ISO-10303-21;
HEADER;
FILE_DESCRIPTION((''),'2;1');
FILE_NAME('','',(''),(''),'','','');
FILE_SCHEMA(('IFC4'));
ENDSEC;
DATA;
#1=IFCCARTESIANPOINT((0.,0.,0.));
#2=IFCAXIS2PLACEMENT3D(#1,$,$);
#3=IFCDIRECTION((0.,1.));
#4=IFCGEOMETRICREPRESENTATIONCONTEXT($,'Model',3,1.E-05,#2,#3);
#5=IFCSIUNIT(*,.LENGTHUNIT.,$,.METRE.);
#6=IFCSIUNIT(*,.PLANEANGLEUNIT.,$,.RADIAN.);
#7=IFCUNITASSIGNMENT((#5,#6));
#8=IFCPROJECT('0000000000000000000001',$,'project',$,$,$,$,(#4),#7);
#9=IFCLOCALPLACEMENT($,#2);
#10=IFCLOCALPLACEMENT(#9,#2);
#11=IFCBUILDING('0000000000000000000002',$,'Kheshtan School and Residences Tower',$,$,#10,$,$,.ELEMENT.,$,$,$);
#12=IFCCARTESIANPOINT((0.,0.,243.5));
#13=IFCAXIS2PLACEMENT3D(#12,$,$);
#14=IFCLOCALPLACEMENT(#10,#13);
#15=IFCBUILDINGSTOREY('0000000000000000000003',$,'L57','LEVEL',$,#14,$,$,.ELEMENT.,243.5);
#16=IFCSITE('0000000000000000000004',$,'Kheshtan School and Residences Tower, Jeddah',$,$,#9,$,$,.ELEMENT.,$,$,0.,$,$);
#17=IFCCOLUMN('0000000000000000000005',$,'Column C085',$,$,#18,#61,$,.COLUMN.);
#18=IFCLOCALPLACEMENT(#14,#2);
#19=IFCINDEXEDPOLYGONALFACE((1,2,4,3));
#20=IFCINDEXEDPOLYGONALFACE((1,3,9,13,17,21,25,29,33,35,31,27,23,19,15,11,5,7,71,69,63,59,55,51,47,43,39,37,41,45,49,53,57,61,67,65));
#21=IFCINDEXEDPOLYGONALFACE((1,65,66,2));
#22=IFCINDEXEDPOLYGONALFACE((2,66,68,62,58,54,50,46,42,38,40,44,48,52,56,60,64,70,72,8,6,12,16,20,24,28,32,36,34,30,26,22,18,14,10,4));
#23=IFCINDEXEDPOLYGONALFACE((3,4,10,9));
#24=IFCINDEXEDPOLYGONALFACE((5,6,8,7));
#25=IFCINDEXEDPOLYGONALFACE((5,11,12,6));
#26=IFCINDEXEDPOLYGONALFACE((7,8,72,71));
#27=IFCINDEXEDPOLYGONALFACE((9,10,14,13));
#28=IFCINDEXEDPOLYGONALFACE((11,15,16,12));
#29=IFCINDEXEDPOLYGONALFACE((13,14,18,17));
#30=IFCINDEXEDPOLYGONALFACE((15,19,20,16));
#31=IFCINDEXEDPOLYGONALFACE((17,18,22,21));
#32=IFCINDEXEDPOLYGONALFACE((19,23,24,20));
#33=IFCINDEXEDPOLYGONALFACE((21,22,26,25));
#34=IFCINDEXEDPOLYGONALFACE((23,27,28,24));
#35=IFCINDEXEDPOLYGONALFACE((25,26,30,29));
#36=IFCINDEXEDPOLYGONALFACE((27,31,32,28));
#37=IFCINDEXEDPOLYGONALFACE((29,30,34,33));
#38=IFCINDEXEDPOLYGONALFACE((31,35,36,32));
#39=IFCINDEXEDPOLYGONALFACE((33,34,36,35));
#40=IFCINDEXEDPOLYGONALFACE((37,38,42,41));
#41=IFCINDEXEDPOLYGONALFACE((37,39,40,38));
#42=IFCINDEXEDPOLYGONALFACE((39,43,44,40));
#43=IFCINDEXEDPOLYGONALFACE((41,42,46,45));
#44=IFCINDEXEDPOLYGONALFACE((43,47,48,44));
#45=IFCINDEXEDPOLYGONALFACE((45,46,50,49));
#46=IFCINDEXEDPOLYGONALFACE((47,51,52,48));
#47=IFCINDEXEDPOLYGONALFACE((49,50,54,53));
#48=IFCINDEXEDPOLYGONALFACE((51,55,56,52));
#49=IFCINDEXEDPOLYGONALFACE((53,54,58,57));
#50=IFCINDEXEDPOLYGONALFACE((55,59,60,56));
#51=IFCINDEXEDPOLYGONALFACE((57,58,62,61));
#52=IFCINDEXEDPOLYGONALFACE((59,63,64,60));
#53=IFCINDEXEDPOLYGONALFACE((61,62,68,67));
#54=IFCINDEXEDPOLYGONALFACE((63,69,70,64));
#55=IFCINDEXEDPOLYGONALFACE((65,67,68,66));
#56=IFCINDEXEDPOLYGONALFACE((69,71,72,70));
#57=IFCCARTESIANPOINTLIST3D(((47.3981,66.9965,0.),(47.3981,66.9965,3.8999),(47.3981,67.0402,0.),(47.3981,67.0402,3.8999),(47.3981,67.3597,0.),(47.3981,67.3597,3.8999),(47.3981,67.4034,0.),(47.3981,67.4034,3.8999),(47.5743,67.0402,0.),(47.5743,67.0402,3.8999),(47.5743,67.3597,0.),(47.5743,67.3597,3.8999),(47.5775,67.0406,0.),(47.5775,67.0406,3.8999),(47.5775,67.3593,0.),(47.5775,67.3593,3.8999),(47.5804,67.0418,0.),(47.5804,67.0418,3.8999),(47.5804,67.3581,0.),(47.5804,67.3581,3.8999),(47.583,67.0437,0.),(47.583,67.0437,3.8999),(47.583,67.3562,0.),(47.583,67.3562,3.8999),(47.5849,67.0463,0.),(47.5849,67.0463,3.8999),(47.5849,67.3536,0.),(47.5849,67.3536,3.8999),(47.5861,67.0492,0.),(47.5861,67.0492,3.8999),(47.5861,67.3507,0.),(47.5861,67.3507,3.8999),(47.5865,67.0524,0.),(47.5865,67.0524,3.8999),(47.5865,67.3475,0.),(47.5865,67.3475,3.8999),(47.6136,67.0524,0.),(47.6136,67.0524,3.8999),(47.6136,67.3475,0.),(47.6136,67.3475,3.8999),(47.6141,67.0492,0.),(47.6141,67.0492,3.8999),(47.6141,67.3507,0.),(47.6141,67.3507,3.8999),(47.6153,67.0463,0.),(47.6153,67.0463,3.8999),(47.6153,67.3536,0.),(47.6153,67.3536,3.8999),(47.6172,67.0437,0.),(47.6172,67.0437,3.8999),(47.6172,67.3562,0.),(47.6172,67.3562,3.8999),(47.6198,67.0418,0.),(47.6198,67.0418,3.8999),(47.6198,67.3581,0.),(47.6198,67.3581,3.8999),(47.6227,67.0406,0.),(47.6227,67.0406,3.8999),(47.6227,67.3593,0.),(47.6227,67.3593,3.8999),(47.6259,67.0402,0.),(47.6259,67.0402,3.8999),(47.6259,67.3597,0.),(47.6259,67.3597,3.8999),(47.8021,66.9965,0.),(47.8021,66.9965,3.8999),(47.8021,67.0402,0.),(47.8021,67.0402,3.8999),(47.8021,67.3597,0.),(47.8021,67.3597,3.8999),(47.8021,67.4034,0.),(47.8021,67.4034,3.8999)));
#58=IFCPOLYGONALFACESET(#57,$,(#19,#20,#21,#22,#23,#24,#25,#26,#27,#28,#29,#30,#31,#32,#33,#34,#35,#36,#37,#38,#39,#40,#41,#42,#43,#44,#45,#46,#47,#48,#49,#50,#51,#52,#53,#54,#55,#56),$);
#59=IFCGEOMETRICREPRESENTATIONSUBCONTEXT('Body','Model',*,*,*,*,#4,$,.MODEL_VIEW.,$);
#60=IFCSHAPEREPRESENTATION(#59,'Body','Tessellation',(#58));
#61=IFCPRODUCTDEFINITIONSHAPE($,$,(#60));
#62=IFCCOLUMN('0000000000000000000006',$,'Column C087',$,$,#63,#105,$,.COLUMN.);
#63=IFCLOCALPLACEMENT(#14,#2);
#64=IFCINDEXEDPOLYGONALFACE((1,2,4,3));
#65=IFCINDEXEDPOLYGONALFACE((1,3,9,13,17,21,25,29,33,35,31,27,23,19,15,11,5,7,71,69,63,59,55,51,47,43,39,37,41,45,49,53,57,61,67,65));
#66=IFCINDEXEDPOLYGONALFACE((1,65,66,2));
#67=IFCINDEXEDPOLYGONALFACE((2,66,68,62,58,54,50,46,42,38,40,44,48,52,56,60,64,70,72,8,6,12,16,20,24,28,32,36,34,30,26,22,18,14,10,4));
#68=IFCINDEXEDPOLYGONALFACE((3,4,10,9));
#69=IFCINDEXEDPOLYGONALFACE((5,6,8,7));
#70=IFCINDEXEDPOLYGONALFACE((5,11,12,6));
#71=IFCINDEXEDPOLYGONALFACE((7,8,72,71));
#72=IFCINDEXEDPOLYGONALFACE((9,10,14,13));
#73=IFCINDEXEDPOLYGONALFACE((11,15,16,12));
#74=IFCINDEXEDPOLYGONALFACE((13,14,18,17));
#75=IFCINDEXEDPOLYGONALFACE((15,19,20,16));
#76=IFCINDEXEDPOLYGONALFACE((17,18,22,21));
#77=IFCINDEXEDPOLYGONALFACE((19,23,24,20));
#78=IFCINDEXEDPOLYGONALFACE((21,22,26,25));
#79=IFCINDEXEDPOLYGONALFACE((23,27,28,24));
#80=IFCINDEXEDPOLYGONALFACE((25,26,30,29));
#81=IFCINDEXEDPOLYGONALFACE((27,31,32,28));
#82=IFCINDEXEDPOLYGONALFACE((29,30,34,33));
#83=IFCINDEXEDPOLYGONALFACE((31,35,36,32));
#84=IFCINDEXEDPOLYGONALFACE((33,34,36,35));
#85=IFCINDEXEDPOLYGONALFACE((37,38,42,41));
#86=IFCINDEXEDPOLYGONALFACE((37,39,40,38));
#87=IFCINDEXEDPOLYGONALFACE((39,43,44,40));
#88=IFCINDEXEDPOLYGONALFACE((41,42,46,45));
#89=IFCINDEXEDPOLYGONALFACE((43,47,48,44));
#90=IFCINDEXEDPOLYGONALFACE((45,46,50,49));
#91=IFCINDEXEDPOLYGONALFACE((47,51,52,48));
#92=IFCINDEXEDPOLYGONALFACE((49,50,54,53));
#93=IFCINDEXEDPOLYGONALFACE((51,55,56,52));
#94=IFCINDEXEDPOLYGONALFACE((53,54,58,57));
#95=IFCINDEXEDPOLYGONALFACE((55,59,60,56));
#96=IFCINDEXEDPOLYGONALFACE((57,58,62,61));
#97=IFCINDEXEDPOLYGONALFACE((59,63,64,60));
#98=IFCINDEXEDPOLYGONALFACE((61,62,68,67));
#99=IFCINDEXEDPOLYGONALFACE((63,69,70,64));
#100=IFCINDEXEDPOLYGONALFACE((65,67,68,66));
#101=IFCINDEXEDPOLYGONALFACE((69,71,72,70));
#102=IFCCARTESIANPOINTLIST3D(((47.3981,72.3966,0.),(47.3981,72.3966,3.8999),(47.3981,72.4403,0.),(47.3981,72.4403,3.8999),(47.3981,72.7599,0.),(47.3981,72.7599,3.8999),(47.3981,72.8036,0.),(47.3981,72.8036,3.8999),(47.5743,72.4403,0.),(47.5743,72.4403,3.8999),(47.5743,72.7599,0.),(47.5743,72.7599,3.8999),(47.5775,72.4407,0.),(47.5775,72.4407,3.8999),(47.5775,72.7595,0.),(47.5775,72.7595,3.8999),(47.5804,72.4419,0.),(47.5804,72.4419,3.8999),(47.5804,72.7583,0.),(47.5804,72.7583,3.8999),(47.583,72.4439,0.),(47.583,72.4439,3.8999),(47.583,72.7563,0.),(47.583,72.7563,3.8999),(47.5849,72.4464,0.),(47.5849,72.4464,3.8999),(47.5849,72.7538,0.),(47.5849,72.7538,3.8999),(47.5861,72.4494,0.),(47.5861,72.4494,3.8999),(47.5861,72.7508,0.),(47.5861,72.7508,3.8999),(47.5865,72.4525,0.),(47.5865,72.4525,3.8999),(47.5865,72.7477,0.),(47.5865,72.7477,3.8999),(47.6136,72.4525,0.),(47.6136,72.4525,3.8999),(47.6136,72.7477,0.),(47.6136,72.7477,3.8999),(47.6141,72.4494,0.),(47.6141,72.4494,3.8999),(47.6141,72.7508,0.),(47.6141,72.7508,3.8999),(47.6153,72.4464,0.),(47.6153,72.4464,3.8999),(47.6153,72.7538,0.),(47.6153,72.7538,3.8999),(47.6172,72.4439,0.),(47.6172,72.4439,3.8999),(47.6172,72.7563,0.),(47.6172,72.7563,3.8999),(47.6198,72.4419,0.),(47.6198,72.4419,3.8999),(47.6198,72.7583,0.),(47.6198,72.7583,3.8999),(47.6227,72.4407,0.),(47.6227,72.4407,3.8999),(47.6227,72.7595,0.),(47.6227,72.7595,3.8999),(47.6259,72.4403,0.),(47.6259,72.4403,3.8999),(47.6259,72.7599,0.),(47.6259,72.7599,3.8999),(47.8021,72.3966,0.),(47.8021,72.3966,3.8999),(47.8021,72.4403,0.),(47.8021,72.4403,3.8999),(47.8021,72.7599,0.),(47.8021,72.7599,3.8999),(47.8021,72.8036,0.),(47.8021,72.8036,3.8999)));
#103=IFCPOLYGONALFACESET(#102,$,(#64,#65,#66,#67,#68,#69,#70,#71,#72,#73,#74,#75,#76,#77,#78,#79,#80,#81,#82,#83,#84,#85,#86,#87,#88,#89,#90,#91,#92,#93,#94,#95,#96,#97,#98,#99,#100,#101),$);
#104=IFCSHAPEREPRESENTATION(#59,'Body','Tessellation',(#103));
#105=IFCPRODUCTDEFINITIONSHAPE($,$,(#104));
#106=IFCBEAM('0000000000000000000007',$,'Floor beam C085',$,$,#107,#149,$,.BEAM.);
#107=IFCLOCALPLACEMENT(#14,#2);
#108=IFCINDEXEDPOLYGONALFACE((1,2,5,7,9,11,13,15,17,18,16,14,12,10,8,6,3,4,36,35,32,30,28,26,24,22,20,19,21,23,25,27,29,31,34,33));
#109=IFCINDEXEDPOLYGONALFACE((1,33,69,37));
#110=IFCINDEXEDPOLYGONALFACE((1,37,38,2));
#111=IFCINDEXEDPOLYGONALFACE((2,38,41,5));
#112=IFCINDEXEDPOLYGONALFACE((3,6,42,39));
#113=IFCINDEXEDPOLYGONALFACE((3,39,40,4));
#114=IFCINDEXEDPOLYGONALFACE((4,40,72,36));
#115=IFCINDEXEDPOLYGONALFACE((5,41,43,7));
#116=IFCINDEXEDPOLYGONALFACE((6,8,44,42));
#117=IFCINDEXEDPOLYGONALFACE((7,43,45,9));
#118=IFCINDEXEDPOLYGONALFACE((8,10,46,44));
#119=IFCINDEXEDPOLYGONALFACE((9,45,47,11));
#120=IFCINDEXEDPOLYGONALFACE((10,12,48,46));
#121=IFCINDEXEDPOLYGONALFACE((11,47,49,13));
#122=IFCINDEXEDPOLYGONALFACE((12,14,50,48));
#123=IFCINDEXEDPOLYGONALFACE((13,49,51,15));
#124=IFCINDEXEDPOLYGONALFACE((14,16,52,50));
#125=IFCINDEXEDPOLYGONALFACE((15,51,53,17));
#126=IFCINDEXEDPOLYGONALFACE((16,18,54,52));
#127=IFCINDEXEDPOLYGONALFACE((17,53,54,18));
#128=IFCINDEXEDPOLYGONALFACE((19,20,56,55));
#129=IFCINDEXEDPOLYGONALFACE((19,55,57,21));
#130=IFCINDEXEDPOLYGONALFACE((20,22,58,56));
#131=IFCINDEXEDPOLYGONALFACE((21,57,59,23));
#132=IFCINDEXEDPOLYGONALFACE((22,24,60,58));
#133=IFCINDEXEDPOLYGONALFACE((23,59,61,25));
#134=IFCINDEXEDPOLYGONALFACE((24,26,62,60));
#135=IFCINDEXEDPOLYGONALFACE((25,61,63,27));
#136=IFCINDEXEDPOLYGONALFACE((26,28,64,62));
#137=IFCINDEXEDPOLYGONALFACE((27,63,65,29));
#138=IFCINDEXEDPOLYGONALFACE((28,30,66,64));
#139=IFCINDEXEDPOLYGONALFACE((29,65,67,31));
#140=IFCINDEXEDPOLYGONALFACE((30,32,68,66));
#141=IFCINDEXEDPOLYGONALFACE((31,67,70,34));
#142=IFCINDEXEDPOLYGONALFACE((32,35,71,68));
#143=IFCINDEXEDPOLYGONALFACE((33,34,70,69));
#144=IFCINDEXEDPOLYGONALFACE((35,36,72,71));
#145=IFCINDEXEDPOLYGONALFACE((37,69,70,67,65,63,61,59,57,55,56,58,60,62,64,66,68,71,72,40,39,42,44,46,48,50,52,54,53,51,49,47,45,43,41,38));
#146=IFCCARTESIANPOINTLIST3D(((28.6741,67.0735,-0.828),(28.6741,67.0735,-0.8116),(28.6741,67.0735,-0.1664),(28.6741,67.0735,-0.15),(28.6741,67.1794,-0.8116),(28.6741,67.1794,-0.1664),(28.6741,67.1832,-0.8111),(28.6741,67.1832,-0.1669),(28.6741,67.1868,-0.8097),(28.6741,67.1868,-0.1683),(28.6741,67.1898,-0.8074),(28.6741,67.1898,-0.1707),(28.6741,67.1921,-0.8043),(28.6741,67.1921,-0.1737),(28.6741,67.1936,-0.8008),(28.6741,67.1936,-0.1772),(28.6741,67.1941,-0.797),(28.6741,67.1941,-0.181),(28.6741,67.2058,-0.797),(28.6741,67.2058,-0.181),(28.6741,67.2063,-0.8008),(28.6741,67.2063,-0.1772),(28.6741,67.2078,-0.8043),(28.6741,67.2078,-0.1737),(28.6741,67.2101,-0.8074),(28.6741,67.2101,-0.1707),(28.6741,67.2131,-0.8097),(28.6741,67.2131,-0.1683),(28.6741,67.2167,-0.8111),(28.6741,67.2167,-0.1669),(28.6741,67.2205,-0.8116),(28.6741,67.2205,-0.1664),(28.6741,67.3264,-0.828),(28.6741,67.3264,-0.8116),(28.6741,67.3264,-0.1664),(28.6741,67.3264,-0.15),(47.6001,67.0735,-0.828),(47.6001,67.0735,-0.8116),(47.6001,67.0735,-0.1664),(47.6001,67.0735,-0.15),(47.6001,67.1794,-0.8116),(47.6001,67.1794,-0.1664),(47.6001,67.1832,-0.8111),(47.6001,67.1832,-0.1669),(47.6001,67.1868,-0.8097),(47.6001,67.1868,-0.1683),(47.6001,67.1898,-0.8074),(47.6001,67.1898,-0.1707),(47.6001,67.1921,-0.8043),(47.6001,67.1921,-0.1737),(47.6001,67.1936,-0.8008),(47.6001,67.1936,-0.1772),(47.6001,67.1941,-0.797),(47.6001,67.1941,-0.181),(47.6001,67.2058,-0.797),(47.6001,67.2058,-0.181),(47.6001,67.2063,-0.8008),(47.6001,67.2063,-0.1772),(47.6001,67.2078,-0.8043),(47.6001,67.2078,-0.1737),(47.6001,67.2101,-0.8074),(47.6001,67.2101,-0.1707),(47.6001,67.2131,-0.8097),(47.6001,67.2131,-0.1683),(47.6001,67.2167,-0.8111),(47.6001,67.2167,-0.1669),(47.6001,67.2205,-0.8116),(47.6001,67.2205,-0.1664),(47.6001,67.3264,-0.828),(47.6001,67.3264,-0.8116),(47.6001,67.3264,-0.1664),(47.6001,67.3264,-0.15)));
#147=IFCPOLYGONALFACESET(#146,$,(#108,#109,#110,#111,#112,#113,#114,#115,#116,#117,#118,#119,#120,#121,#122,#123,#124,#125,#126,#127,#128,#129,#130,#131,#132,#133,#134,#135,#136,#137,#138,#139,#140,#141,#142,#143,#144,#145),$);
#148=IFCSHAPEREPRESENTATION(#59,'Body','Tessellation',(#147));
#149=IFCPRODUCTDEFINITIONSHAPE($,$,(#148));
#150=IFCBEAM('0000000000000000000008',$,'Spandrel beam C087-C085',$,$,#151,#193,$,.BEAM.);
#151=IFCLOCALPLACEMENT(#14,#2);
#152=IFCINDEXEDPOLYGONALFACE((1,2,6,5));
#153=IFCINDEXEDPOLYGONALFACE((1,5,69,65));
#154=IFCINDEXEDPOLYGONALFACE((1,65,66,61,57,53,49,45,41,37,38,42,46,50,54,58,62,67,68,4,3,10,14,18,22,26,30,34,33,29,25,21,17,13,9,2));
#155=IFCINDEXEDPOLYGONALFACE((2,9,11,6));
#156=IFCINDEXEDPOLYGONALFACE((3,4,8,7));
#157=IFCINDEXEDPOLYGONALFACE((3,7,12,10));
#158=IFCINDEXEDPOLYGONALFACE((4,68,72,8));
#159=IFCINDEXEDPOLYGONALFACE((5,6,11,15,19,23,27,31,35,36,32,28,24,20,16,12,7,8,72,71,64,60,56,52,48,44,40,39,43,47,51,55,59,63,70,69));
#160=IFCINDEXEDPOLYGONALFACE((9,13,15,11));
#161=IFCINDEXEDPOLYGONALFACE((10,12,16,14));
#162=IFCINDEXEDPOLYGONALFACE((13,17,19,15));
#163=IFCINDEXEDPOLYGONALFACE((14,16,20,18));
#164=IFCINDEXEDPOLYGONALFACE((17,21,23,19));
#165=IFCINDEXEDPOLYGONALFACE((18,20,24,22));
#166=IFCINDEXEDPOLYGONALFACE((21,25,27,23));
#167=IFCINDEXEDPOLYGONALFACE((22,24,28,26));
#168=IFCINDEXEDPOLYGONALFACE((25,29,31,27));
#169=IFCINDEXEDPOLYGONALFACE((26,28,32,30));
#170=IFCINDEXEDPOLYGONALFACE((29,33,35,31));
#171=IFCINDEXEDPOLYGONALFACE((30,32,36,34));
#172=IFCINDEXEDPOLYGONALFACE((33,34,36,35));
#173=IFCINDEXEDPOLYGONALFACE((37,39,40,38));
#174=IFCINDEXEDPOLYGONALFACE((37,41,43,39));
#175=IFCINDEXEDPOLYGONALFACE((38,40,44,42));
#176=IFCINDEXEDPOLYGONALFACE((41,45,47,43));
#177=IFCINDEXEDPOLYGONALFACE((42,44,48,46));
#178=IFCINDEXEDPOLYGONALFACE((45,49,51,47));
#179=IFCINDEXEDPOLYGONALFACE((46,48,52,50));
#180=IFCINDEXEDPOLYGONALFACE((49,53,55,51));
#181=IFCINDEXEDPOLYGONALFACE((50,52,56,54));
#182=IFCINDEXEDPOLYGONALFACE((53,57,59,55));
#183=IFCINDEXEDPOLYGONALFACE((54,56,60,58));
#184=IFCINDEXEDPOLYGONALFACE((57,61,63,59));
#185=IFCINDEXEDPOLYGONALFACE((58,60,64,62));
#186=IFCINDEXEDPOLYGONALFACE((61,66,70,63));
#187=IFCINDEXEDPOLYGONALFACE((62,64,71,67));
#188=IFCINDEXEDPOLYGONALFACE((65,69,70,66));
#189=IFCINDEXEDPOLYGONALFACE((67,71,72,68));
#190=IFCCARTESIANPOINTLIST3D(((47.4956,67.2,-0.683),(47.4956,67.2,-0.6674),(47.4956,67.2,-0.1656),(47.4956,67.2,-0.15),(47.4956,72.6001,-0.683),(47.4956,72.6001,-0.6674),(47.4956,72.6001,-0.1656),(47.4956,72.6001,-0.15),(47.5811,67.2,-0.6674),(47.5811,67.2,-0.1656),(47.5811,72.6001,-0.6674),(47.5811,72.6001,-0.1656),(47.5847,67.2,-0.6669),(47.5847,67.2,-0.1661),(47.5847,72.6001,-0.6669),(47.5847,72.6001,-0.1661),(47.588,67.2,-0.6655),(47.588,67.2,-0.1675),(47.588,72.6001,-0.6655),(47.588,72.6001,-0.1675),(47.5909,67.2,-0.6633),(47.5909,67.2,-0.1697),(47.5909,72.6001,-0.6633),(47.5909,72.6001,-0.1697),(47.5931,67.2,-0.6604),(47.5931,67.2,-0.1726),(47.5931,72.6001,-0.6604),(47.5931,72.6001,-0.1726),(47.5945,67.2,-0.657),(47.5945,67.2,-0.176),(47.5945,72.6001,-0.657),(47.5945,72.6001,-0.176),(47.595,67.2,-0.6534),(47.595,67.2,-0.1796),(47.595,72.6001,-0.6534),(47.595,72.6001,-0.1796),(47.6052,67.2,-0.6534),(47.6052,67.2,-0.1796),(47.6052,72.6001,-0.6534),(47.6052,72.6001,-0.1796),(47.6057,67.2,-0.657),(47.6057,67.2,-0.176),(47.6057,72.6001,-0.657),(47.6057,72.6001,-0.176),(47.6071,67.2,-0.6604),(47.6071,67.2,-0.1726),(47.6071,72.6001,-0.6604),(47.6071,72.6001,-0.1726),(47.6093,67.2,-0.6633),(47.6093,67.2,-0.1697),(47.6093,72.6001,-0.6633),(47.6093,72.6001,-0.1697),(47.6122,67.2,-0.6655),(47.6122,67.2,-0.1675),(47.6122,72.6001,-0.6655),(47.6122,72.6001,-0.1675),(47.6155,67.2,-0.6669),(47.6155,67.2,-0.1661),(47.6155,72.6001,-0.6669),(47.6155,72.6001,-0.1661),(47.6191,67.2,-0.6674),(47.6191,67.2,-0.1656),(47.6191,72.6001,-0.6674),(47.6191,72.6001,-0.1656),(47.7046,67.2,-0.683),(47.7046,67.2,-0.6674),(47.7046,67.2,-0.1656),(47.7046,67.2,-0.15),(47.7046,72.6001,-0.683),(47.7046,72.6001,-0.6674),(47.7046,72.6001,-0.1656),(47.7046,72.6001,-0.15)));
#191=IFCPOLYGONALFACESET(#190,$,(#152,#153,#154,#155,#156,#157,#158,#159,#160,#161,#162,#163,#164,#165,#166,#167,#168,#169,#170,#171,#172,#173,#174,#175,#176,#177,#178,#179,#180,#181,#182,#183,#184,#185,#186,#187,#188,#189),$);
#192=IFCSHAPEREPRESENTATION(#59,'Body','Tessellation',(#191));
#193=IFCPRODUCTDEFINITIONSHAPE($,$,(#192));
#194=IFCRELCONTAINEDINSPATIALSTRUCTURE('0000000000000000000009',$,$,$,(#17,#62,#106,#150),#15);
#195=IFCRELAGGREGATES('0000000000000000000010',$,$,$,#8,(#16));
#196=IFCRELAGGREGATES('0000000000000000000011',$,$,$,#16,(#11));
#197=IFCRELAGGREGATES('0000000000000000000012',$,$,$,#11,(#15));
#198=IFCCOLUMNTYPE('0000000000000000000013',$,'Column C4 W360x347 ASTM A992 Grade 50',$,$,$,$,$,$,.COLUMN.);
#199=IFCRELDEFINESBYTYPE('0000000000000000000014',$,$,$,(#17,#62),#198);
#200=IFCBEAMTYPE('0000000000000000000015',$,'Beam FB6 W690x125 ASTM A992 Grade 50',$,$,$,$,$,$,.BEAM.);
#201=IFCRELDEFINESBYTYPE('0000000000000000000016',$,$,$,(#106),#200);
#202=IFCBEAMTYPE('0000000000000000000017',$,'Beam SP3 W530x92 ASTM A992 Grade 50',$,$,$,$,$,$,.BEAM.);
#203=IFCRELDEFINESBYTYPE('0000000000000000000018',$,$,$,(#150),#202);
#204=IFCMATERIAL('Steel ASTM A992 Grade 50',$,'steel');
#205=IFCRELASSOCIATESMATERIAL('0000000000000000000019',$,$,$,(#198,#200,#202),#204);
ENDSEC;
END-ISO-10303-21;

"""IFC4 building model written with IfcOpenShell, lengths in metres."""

from ifc_helpers import new_model, si_unit, direction, frame, origin, origin_2d, place, context, subcontext, project, spatial, i_section, extrude, material, material_profile, profile_set, type_object, element, save


model = new_model("IFC4")

# Units and contexts
model_context = context("Model", 3, precision=1e-05, world=origin(), true_north=direction((0.0, 1.0)))
body_context = subcontext(model_context, "Body", "Model", "MODEL_VIEW")
ifc_project = project(units=[si_unit("LENGTHUNIT", "METRE"), si_unit("PLANEANGLEUNIT", "RADIAN")], contexts=[model_context])

# Site, building, storey
site_placement = place(None, origin())
site = spatial("IfcSite", under=ifc_project, at=site_placement, Name="Kheshtan School and Residences Tower, Jeddah", CompositionType="ELEMENT", RefElevation=0.0)
building_placement = place(site_placement, origin())
building = spatial("IfcBuilding", under=site, at=building_placement, Name="Kheshtan School and Residences Tower", CompositionType="ELEMENT")
storey_placement = place(building_placement, frame((0.0, 0.0, 243.5)))
storey = spatial("IfcBuildingStorey", under=building, at=storey_placement, Name="L57", Description="LEVEL", CompositionType="ELEMENT", Elevation=243.5)

# Columns
ifc_material_1 = material(Name="Steel ASTM A992 Grade 50", Category="steel")
ifc_material_profile_1 = material_profile(ifc_material_1, i_section(OverallWidth=0.4041, OverallDepth=0.407, WebThickness=0.0271, FlangeThickness=0.0437, FilletRadius=0.0122, at=origin_2d()), Name="W360x347")
ifc_profile_set_1 = profile_set([ifc_material_profile_1], Name="Steel ASTM A992 Grade 50")
column_type = type_object("IfcColumnType", Name="Column C4 W360x347 ASTM A992 Grade 50", PredefinedType="COLUMN", material=ifc_profile_set_1)
for number, where, z_axis, x_axis, name in (
    (1, (47.6001, 67.2, 0.0), (0.0, 0.0, 1.0), (1.0, 0.0, 0.0), "Column C085"),
    (2, (47.6001, 72.6001, 0.0), (0.0, 0.0, 1.0), (1.0, 0.0, 0.0), "Column C087"),
):
    element("IfcColumn", number, at=place(storey_placement, frame(where, z_axis=z_axis, x_axis=x_axis)), inside=storey, type_object=column_type, Name=name, PredefinedType="COLUMN", context=body_context, shape_type="SweptSolid", body=[
        extrude(i_section(OverallWidth=0.4041, OverallDepth=0.407, WebThickness=0.0271, FlangeThickness=0.0437, FilletRadius=0.0122, at=origin_2d()), origin(), (0.0, 0.0, 1.0), 3.8999),
    ])

# Beams
ifc_material_profile_2 = material_profile(ifc_material_1, i_section(OverallWidth=0.2529, OverallDepth=0.678, WebThickness=0.0117, FlangeThickness=0.0164, FilletRadius=0.0146, at=origin_2d()), Name="W690x125")
ifc_profile_set_2 = profile_set([ifc_material_profile_2], Name="Steel ASTM A992 Grade 50")
beam_type_1 = type_object("IfcBeamType", Name="Beam FB6 W690x125 ASTM A992 Grade 50", PredefinedType="BEAM", material=ifc_profile_set_2)
beam_1_placement = place(storey_placement, frame((47.6001, 67.2, -0.489), z_axis=(-1.0, 0.0, 0.0), x_axis=(0.0, -1.0, 0.0)))
element("IfcBeam", 3, at=beam_1_placement, inside=storey, type_object=beam_type_1, Name="Floor beam C085", PredefinedType="BEAM", context=body_context, shape_type="SweptSolid", body=[
    extrude(i_section(OverallWidth=0.2529, OverallDepth=0.678, WebThickness=0.0117, FlangeThickness=0.0164, FilletRadius=0.0146, at=origin_2d()), origin(), (0.0, 0.0, 1.0), 18.926),
])
ifc_material_profile_3 = material_profile(ifc_material_1, i_section(OverallWidth=0.209, OverallDepth=0.533, WebThickness=0.0103, FlangeThickness=0.0156, FilletRadius=0.0139, at=origin_2d()), Name="W530x92")
ifc_profile_set_3 = profile_set([ifc_material_profile_3], Name="Steel ASTM A992 Grade 50")
beam_type_2 = type_object("IfcBeamType", Name="Beam SP3 W530x92 ASTM A992 Grade 50", PredefinedType="BEAM", material=ifc_profile_set_3)
beam_2_placement = place(storey_placement, frame((47.6001, 72.6001, -0.4165), z_axis=(0.0, -1.0, 0.0), x_axis=(1.0, 0.0, 0.0)))
element("IfcBeam", 4, at=beam_2_placement, inside=storey, type_object=beam_type_2, Name="Spandrel beam C087-C085", PredefinedType="BEAM", context=body_context, shape_type="SweptSolid", body=[
    extrude(i_section(OverallWidth=0.209, OverallDepth=0.533, WebThickness=0.0103, FlangeThickness=0.0156, FilletRadius=0.0139, at=origin_2d()), origin(), (0.0, 0.0, 1.0), 5.4001),
])

save(model, "model.ifc")
